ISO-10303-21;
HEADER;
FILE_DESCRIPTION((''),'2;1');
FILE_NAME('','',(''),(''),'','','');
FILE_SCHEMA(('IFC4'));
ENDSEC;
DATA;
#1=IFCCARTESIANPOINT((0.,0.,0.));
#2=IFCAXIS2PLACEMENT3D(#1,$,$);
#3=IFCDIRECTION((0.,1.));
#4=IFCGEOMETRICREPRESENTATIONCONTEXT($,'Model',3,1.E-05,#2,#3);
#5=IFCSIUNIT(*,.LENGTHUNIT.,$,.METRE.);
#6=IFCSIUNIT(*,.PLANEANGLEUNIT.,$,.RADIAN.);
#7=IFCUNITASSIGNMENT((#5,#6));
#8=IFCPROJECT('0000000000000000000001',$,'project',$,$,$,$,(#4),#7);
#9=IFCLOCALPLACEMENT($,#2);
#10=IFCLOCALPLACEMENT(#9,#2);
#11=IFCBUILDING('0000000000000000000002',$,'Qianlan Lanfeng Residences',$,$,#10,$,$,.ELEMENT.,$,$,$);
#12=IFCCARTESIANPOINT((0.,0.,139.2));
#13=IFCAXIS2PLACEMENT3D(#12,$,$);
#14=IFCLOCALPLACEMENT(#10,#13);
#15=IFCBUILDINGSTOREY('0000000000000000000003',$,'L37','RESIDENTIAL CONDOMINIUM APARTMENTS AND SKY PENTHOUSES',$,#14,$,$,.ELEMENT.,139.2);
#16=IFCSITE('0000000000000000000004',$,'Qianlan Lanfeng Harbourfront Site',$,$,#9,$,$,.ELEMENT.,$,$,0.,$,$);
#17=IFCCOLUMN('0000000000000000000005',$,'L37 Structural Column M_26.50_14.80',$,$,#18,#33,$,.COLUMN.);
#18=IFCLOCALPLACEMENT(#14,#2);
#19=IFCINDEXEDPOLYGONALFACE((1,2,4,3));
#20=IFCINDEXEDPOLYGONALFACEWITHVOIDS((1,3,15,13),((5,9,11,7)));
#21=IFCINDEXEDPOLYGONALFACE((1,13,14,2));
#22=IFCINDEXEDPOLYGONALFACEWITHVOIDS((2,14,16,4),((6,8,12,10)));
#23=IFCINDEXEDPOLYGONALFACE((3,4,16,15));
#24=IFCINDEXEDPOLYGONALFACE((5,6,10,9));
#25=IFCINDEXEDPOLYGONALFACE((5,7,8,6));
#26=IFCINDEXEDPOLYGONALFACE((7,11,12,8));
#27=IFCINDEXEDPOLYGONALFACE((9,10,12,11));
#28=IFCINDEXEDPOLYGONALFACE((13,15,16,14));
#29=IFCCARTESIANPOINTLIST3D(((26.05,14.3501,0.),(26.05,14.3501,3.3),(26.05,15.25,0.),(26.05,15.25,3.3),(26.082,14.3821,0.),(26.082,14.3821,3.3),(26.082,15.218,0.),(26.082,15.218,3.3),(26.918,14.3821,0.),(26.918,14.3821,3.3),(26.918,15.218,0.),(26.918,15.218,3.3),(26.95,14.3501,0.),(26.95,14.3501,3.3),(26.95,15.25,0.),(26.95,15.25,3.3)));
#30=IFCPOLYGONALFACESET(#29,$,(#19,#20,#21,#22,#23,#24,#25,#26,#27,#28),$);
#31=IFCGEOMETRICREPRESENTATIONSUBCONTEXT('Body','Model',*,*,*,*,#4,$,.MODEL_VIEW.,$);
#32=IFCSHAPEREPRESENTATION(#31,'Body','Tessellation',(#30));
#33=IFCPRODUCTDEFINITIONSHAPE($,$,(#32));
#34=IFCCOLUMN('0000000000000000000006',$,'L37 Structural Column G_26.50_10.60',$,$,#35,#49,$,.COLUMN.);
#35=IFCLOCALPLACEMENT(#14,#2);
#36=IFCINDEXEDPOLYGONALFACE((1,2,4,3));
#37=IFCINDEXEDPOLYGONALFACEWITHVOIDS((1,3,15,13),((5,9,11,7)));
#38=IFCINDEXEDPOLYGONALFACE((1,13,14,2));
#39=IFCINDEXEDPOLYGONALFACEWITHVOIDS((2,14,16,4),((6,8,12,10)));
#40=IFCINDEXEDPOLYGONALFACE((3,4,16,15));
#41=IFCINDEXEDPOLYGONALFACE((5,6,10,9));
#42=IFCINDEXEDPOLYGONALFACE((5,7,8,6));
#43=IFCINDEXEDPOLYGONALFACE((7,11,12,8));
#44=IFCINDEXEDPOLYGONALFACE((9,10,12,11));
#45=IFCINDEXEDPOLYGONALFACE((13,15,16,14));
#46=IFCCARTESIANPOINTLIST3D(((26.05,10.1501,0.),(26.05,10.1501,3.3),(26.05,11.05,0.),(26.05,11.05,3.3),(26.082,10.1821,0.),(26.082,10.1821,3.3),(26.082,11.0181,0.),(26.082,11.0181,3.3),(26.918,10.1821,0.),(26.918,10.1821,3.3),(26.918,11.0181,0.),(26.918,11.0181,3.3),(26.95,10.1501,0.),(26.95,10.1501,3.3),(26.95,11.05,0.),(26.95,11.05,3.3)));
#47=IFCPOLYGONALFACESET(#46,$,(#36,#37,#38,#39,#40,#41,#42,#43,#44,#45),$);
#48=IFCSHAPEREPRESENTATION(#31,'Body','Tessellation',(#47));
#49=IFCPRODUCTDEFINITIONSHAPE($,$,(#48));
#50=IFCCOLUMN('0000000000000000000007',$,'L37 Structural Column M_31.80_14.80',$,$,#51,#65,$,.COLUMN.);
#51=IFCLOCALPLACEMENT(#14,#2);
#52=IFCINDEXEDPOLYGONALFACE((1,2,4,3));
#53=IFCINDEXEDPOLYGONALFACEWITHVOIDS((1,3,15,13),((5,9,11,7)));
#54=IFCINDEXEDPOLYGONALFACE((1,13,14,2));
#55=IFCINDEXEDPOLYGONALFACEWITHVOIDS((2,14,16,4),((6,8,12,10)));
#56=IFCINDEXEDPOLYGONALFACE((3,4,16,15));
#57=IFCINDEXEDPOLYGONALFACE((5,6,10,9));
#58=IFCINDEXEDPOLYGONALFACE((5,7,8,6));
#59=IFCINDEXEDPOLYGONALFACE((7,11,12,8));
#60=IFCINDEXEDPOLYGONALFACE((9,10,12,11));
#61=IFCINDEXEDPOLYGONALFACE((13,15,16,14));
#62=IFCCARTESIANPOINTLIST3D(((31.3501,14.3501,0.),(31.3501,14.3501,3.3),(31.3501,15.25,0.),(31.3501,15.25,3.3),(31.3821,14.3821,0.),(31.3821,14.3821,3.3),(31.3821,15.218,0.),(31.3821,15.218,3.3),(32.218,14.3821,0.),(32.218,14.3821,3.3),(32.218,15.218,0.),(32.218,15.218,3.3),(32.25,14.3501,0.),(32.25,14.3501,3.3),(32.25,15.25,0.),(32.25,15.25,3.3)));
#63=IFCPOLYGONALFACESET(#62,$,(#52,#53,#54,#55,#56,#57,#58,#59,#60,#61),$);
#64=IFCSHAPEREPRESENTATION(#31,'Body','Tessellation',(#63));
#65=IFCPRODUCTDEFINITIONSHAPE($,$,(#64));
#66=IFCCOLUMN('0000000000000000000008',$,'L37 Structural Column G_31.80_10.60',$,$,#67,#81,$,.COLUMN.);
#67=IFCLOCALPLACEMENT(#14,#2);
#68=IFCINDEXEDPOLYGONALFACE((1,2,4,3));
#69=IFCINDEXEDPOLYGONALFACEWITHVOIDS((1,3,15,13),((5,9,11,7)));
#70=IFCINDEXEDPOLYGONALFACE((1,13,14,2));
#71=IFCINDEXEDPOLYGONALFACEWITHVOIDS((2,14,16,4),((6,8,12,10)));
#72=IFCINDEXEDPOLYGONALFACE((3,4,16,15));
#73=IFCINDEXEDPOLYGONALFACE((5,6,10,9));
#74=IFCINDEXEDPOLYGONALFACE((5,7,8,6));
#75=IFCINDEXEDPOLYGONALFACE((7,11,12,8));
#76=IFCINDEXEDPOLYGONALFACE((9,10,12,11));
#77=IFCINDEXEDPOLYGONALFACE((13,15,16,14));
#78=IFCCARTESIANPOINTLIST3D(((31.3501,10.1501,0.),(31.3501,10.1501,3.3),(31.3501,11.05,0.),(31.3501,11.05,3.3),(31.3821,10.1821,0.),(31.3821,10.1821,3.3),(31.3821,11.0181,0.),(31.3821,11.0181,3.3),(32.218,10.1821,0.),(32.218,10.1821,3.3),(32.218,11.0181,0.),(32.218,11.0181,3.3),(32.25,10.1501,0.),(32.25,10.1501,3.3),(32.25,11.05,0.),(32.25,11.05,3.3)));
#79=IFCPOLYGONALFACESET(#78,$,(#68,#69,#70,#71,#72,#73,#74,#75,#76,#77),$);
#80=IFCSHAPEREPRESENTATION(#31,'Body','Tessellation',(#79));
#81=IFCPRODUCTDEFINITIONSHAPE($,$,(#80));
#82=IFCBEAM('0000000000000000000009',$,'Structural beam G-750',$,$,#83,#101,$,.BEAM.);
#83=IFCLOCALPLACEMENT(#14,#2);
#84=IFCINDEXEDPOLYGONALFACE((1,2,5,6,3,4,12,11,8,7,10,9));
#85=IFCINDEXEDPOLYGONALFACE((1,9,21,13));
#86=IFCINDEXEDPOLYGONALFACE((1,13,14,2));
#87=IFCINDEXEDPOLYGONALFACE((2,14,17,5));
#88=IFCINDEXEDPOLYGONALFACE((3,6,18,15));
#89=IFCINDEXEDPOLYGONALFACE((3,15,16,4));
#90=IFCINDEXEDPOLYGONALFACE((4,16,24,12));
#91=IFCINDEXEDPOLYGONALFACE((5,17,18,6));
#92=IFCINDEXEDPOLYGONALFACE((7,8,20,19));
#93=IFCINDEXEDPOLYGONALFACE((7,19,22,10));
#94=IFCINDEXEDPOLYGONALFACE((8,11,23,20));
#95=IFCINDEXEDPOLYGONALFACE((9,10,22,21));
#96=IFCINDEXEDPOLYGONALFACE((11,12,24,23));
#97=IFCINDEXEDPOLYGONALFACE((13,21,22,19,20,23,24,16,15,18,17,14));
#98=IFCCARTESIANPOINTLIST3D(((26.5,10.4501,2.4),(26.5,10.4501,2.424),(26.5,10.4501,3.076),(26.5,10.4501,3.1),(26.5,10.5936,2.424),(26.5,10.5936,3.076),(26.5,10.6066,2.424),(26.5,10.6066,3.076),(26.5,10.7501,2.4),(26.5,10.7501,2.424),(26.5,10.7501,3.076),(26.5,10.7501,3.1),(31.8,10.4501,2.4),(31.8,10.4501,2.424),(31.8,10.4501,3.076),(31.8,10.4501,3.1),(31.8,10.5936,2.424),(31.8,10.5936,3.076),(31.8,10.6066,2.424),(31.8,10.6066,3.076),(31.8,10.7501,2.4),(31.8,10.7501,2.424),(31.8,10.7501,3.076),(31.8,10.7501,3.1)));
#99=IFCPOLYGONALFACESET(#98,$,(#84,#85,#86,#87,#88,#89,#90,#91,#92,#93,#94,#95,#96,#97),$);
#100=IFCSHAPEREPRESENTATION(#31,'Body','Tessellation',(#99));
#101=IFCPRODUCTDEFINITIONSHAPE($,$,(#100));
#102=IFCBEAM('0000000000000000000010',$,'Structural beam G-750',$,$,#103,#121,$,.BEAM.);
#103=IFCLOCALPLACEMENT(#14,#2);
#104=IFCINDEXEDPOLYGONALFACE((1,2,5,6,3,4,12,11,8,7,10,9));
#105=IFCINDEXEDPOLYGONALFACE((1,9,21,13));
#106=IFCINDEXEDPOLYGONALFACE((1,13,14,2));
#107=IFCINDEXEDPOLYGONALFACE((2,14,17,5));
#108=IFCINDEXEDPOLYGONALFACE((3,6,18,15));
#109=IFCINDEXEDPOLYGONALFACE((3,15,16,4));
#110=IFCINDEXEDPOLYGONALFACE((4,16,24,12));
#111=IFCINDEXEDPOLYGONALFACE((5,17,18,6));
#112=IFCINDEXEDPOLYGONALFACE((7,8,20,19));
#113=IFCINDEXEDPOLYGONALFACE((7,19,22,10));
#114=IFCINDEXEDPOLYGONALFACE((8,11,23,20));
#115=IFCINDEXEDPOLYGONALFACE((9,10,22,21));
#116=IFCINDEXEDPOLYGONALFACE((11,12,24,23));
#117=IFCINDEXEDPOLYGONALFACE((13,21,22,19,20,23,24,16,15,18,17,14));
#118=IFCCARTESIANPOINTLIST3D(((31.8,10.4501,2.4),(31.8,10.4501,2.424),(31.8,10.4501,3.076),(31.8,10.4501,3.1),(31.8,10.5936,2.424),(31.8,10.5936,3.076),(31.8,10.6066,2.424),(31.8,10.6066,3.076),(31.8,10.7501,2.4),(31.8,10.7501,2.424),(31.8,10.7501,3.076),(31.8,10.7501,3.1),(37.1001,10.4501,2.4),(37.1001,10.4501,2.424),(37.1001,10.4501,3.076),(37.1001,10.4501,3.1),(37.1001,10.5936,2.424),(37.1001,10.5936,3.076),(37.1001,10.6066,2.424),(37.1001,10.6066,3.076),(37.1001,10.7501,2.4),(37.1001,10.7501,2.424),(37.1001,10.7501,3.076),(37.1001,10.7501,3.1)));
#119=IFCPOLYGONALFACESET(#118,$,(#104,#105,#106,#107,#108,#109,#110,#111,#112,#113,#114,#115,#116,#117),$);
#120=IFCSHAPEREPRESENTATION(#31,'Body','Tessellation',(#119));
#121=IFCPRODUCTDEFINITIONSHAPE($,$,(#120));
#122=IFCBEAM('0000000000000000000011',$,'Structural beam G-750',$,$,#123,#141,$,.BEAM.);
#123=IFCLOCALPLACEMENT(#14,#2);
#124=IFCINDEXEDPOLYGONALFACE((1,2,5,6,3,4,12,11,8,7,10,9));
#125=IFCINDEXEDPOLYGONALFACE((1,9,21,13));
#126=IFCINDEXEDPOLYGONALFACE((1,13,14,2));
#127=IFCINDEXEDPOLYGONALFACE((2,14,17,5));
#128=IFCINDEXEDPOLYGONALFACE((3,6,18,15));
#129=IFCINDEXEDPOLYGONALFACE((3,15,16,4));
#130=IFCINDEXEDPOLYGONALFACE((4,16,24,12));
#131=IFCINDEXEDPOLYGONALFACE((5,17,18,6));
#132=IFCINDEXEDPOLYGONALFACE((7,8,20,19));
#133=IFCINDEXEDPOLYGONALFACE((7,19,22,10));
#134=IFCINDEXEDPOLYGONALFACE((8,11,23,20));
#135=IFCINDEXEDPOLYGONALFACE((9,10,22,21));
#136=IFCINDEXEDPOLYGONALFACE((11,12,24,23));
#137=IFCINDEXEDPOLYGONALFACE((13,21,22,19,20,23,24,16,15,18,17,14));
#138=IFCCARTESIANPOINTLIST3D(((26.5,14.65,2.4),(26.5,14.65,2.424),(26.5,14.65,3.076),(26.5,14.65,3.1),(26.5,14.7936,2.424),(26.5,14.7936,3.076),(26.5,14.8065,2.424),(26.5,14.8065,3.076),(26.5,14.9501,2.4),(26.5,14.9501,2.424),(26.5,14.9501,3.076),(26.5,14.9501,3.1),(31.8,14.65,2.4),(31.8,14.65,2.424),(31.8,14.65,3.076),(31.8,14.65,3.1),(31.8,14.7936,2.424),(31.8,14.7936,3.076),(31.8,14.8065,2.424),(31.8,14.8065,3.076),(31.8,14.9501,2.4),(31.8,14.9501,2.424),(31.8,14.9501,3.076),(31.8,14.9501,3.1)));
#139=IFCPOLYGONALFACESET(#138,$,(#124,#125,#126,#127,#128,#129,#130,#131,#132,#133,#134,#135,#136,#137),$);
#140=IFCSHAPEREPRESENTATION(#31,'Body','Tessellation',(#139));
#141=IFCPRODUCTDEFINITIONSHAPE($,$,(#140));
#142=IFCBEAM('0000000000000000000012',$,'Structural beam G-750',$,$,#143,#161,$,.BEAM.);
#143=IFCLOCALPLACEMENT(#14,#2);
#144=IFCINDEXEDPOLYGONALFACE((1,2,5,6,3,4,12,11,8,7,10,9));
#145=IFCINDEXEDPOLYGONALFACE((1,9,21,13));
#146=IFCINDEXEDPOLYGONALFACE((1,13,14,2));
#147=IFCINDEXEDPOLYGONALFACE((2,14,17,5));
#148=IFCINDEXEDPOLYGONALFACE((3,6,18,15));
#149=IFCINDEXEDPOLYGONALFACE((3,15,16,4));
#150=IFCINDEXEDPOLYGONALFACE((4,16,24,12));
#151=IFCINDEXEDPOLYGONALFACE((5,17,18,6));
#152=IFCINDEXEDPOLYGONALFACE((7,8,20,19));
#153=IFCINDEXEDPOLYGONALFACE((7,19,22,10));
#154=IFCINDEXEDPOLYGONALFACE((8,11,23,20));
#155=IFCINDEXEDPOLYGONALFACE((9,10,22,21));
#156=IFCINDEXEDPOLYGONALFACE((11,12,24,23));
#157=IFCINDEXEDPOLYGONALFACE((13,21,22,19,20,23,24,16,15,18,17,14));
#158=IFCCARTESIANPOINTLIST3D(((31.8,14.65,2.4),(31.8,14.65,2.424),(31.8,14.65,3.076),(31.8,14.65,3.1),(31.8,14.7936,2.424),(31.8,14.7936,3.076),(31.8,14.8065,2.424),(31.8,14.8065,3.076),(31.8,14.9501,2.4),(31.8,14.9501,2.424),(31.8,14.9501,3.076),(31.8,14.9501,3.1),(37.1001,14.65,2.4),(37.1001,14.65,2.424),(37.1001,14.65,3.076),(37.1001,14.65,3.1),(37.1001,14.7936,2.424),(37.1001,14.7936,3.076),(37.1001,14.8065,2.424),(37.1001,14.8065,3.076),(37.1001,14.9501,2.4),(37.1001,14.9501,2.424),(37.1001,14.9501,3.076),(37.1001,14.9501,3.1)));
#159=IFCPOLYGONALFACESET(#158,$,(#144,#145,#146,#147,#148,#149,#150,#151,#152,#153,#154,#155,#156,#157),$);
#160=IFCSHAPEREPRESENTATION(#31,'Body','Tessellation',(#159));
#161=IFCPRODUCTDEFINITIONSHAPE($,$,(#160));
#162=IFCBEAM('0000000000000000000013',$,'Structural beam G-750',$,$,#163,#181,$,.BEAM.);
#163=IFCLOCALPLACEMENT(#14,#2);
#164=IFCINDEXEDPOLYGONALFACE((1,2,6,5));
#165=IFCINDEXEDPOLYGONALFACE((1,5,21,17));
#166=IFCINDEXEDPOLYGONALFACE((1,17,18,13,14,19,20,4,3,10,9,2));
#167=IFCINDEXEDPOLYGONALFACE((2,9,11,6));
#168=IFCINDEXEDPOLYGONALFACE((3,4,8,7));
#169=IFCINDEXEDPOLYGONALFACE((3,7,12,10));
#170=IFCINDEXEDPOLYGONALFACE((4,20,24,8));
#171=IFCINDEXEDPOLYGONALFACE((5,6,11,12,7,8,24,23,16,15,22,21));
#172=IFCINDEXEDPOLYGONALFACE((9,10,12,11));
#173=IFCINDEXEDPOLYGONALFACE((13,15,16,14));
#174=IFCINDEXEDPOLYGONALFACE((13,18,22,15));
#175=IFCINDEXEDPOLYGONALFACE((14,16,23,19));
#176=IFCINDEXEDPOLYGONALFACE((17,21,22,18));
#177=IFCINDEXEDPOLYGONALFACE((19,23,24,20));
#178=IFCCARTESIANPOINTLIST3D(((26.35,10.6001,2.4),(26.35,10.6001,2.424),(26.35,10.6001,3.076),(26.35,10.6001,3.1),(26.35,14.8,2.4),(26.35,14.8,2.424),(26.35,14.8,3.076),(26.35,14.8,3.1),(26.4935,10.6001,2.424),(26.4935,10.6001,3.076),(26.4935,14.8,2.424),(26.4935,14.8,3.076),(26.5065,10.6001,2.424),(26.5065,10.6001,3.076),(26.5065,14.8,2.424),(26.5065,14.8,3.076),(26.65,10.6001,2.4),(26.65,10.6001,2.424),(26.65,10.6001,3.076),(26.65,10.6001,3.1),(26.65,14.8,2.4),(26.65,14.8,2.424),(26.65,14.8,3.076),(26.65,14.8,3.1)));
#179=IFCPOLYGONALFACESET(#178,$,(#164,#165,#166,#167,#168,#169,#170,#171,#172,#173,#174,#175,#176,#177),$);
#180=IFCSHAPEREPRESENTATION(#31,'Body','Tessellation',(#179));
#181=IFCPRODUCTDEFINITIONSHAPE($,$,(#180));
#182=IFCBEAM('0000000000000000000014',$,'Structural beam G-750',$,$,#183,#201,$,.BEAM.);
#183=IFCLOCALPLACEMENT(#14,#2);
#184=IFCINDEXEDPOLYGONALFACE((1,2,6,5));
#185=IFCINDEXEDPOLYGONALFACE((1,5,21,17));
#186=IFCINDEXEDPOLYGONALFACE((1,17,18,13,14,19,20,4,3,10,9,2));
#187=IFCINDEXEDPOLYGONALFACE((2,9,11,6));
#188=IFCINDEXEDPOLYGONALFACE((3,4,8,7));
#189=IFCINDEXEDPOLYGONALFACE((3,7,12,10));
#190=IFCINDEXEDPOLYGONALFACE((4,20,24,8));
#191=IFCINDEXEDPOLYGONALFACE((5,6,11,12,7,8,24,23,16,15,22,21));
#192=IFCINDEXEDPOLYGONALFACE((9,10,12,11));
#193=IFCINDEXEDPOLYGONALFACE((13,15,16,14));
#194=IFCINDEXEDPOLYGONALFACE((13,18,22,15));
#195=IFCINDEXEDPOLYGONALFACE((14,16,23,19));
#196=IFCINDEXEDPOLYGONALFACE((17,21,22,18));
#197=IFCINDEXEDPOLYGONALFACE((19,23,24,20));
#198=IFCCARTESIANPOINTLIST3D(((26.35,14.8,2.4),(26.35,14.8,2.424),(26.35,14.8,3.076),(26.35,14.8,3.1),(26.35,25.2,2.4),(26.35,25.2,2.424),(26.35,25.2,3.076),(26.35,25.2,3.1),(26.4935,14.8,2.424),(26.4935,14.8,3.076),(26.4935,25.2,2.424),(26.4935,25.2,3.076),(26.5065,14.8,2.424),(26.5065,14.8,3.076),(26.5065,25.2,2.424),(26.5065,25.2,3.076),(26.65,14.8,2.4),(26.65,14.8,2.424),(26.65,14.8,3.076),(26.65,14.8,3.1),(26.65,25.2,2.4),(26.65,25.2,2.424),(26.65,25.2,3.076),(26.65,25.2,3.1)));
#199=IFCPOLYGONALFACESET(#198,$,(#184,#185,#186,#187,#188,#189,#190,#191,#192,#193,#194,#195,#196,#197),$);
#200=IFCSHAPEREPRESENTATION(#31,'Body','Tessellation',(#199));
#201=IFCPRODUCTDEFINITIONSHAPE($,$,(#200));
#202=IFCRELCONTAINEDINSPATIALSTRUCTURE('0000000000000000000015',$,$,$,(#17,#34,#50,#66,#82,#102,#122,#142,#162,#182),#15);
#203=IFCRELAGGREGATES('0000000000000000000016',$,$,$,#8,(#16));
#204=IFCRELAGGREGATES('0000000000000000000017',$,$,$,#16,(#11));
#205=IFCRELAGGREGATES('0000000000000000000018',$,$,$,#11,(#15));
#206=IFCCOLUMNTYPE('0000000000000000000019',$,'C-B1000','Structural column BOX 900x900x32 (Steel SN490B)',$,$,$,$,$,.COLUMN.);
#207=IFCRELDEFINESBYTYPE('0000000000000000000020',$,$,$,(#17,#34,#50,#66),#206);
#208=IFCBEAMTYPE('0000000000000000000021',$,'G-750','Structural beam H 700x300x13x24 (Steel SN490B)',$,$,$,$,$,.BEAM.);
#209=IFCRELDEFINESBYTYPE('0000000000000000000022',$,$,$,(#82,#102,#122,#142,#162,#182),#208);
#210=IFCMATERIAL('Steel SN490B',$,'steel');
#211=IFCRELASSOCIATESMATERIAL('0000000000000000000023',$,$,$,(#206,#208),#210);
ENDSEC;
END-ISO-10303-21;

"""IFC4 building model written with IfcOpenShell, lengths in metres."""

from ifc_helpers import new_model, si_unit, direction, frame, origin, origin_2d, place, context, subcontext, project, spatial, hollow_rectangle, i_section, extrude, material, material_profile, profile_set, type_object, element, save


model = new_model("IFC4")

# Units and contexts
model_context = context("Model", 3, precision=1e-05, world=origin(), true_north=direction((0.0, 1.0)))
body_context = subcontext(model_context, "Body", "Model", "MODEL_VIEW")
ifc_project = project(units=[si_unit("LENGTHUNIT", "METRE"), si_unit("PLANEANGLEUNIT", "RADIAN")], contexts=[model_context])

# Site, building, storey
site_placement = place(None, origin())
site = spatial("IfcSite", under=ifc_project, at=site_placement, Name="Qianlan Lanfeng Harbourfront Site", CompositionType="ELEMENT", RefElevation=0.0)
building_placement = place(site_placement, origin())
building = spatial("IfcBuilding", under=site, at=building_placement, Name="Qianlan Lanfeng Residences", CompositionType="ELEMENT")
storey_placement = place(building_placement, frame((0.0, 0.0, 139.2)))
storey = spatial("IfcBuildingStorey", under=building, at=storey_placement, Name="L37", Description="RESIDENTIAL CONDOMINIUM APARTMENTS AND SKY PENTHOUSES", CompositionType="ELEMENT", Elevation=139.2)

# Columns
ifc_material_1 = material(Name="Steel SN490B", Category="steel")
ifc_material_profile_1 = material_profile(ifc_material_1, hollow_rectangle(XDim=0.8999, YDim=0.8999, WallThickness=0.032, at=origin_2d()), Name="BOX 900x900x32")
ifc_profile_set_1 = profile_set([ifc_material_profile_1], Name="Steel SN490B")
column_type = type_object("IfcColumnType", Name="C-B1000", Description="Structural column BOX 900x900x32 (Steel SN490B)", PredefinedType="COLUMN", material=ifc_profile_set_1)
for number, where, z_axis, x_axis, name in (
    (1, (26.5, 14.8, 0.0), (0.0, 0.0, 1.0), (1.0, 0.0, 0.0), "L37 Structural Column M_26.50_14.80"),
    (2, (26.5, 10.6001, 0.0), (0.0, 0.0, 1.0), (1.0, 0.0, 0.0), "L37 Structural Column G_26.50_10.60"),
    (3, (31.8, 14.8, 0.0), (0.0, 0.0, 1.0), (1.0, 0.0, 0.0), "L37 Structural Column M_31.80_14.80"),
    (4, (31.8, 10.6001, 0.0), (0.0, 0.0, 1.0), (1.0, 0.0, 0.0), "L37 Structural Column G_31.80_10.60"),
):
    element("IfcColumn", number, at=place(storey_placement, frame(where, z_axis=z_axis, x_axis=x_axis)), inside=storey, type_object=column_type, Name=name, PredefinedType="COLUMN", context=body_context, shape_type="SweptSolid", body=[
        extrude(hollow_rectangle(XDim=0.8999, YDim=0.8999, WallThickness=0.032, at=origin_2d()), origin(), (0.0, 0.0, 1.0), 3.3),
    ])

# Beams
ifc_material_profile_2 = material_profile(ifc_material_1, i_section(OverallWidth=0.3, OverallDepth=0.7, WebThickness=0.0129, FlangeThickness=0.0239, at=origin_2d()), Name="H 700x300x13x24")
ifc_profile_set_2 = profile_set([ifc_material_profile_2], Name="Steel SN490B")
beam_type_1 = type_object("IfcBeamType", Name="G-750", Description="Structural beam H 700x300x13x24 (Steel SN490B)", PredefinedType="BEAM", material=ifc_profile_set_2)
for number, where, z_axis, x_axis, name in (
    (5, (26.5, 10.6001, 2.75), (1.0, 0.0, 0.0), (0.0, 1.0, 0.0), "Structural beam G-750"),
    (6, (31.8, 10.6001, 2.75), (1.0, 0.0, 0.0), (0.0, 1.0, 0.0), "Structural beam G-750"),
    (7, (26.5, 14.8, 2.75), (1.0, 0.0, 0.0), (0.0, 1.0, 0.0), "Structural beam G-750"),
    (8, (31.8, 14.8, 2.75), (1.0, 0.0, 0.0), (0.0, 1.0, 0.0), "Structural beam G-750"),
):
    element("IfcBeam", number, at=place(storey_placement, frame(where, z_axis=z_axis, x_axis=x_axis)), inside=storey, type_object=beam_type_1, Name=name, PredefinedType="BEAM", context=body_context, shape_type="SweptSolid", body=[
        extrude(i_section(OverallWidth=0.3, OverallDepth=0.7, WebThickness=0.0129, FlangeThickness=0.0239, at=origin_2d()), origin(), (0.0, 0.0, 1.0), 5.3),
    ])
beam_1_placement = place(storey_placement, frame((26.5, 10.6001, 2.75), z_axis=(0.0, 1.0, 0.0), x_axis=(-1.0, 0.0, 0.0)))
element("IfcBeam", 9, at=beam_1_placement, inside=storey, type_object=beam_type_1, Name="Structural beam G-750", PredefinedType="BEAM", context=body_context, shape_type="SweptSolid", body=[
    extrude(i_section(OverallWidth=0.3, OverallDepth=0.7, WebThickness=0.0129, FlangeThickness=0.0239, at=origin_2d()), origin(), (0.0, 0.0, 1.0), 4.2),
])
beam_2_placement = place(storey_placement, frame((26.5, 14.8, 2.75), z_axis=(0.0, 1.0, 0.0), x_axis=(-1.0, 0.0, 0.0)))
element("IfcBeam", 10, at=beam_2_placement, inside=storey, type_object=beam_type_1, Name="Structural beam G-750", PredefinedType="BEAM", context=body_context, shape_type="SweptSolid", body=[
    extrude(i_section(OverallWidth=0.3, OverallDepth=0.7, WebThickness=0.0129, FlangeThickness=0.0239, at=origin_2d()), origin(), (0.0, 0.0, 1.0), 10.3999),
])

save(model, "model.ifc")
